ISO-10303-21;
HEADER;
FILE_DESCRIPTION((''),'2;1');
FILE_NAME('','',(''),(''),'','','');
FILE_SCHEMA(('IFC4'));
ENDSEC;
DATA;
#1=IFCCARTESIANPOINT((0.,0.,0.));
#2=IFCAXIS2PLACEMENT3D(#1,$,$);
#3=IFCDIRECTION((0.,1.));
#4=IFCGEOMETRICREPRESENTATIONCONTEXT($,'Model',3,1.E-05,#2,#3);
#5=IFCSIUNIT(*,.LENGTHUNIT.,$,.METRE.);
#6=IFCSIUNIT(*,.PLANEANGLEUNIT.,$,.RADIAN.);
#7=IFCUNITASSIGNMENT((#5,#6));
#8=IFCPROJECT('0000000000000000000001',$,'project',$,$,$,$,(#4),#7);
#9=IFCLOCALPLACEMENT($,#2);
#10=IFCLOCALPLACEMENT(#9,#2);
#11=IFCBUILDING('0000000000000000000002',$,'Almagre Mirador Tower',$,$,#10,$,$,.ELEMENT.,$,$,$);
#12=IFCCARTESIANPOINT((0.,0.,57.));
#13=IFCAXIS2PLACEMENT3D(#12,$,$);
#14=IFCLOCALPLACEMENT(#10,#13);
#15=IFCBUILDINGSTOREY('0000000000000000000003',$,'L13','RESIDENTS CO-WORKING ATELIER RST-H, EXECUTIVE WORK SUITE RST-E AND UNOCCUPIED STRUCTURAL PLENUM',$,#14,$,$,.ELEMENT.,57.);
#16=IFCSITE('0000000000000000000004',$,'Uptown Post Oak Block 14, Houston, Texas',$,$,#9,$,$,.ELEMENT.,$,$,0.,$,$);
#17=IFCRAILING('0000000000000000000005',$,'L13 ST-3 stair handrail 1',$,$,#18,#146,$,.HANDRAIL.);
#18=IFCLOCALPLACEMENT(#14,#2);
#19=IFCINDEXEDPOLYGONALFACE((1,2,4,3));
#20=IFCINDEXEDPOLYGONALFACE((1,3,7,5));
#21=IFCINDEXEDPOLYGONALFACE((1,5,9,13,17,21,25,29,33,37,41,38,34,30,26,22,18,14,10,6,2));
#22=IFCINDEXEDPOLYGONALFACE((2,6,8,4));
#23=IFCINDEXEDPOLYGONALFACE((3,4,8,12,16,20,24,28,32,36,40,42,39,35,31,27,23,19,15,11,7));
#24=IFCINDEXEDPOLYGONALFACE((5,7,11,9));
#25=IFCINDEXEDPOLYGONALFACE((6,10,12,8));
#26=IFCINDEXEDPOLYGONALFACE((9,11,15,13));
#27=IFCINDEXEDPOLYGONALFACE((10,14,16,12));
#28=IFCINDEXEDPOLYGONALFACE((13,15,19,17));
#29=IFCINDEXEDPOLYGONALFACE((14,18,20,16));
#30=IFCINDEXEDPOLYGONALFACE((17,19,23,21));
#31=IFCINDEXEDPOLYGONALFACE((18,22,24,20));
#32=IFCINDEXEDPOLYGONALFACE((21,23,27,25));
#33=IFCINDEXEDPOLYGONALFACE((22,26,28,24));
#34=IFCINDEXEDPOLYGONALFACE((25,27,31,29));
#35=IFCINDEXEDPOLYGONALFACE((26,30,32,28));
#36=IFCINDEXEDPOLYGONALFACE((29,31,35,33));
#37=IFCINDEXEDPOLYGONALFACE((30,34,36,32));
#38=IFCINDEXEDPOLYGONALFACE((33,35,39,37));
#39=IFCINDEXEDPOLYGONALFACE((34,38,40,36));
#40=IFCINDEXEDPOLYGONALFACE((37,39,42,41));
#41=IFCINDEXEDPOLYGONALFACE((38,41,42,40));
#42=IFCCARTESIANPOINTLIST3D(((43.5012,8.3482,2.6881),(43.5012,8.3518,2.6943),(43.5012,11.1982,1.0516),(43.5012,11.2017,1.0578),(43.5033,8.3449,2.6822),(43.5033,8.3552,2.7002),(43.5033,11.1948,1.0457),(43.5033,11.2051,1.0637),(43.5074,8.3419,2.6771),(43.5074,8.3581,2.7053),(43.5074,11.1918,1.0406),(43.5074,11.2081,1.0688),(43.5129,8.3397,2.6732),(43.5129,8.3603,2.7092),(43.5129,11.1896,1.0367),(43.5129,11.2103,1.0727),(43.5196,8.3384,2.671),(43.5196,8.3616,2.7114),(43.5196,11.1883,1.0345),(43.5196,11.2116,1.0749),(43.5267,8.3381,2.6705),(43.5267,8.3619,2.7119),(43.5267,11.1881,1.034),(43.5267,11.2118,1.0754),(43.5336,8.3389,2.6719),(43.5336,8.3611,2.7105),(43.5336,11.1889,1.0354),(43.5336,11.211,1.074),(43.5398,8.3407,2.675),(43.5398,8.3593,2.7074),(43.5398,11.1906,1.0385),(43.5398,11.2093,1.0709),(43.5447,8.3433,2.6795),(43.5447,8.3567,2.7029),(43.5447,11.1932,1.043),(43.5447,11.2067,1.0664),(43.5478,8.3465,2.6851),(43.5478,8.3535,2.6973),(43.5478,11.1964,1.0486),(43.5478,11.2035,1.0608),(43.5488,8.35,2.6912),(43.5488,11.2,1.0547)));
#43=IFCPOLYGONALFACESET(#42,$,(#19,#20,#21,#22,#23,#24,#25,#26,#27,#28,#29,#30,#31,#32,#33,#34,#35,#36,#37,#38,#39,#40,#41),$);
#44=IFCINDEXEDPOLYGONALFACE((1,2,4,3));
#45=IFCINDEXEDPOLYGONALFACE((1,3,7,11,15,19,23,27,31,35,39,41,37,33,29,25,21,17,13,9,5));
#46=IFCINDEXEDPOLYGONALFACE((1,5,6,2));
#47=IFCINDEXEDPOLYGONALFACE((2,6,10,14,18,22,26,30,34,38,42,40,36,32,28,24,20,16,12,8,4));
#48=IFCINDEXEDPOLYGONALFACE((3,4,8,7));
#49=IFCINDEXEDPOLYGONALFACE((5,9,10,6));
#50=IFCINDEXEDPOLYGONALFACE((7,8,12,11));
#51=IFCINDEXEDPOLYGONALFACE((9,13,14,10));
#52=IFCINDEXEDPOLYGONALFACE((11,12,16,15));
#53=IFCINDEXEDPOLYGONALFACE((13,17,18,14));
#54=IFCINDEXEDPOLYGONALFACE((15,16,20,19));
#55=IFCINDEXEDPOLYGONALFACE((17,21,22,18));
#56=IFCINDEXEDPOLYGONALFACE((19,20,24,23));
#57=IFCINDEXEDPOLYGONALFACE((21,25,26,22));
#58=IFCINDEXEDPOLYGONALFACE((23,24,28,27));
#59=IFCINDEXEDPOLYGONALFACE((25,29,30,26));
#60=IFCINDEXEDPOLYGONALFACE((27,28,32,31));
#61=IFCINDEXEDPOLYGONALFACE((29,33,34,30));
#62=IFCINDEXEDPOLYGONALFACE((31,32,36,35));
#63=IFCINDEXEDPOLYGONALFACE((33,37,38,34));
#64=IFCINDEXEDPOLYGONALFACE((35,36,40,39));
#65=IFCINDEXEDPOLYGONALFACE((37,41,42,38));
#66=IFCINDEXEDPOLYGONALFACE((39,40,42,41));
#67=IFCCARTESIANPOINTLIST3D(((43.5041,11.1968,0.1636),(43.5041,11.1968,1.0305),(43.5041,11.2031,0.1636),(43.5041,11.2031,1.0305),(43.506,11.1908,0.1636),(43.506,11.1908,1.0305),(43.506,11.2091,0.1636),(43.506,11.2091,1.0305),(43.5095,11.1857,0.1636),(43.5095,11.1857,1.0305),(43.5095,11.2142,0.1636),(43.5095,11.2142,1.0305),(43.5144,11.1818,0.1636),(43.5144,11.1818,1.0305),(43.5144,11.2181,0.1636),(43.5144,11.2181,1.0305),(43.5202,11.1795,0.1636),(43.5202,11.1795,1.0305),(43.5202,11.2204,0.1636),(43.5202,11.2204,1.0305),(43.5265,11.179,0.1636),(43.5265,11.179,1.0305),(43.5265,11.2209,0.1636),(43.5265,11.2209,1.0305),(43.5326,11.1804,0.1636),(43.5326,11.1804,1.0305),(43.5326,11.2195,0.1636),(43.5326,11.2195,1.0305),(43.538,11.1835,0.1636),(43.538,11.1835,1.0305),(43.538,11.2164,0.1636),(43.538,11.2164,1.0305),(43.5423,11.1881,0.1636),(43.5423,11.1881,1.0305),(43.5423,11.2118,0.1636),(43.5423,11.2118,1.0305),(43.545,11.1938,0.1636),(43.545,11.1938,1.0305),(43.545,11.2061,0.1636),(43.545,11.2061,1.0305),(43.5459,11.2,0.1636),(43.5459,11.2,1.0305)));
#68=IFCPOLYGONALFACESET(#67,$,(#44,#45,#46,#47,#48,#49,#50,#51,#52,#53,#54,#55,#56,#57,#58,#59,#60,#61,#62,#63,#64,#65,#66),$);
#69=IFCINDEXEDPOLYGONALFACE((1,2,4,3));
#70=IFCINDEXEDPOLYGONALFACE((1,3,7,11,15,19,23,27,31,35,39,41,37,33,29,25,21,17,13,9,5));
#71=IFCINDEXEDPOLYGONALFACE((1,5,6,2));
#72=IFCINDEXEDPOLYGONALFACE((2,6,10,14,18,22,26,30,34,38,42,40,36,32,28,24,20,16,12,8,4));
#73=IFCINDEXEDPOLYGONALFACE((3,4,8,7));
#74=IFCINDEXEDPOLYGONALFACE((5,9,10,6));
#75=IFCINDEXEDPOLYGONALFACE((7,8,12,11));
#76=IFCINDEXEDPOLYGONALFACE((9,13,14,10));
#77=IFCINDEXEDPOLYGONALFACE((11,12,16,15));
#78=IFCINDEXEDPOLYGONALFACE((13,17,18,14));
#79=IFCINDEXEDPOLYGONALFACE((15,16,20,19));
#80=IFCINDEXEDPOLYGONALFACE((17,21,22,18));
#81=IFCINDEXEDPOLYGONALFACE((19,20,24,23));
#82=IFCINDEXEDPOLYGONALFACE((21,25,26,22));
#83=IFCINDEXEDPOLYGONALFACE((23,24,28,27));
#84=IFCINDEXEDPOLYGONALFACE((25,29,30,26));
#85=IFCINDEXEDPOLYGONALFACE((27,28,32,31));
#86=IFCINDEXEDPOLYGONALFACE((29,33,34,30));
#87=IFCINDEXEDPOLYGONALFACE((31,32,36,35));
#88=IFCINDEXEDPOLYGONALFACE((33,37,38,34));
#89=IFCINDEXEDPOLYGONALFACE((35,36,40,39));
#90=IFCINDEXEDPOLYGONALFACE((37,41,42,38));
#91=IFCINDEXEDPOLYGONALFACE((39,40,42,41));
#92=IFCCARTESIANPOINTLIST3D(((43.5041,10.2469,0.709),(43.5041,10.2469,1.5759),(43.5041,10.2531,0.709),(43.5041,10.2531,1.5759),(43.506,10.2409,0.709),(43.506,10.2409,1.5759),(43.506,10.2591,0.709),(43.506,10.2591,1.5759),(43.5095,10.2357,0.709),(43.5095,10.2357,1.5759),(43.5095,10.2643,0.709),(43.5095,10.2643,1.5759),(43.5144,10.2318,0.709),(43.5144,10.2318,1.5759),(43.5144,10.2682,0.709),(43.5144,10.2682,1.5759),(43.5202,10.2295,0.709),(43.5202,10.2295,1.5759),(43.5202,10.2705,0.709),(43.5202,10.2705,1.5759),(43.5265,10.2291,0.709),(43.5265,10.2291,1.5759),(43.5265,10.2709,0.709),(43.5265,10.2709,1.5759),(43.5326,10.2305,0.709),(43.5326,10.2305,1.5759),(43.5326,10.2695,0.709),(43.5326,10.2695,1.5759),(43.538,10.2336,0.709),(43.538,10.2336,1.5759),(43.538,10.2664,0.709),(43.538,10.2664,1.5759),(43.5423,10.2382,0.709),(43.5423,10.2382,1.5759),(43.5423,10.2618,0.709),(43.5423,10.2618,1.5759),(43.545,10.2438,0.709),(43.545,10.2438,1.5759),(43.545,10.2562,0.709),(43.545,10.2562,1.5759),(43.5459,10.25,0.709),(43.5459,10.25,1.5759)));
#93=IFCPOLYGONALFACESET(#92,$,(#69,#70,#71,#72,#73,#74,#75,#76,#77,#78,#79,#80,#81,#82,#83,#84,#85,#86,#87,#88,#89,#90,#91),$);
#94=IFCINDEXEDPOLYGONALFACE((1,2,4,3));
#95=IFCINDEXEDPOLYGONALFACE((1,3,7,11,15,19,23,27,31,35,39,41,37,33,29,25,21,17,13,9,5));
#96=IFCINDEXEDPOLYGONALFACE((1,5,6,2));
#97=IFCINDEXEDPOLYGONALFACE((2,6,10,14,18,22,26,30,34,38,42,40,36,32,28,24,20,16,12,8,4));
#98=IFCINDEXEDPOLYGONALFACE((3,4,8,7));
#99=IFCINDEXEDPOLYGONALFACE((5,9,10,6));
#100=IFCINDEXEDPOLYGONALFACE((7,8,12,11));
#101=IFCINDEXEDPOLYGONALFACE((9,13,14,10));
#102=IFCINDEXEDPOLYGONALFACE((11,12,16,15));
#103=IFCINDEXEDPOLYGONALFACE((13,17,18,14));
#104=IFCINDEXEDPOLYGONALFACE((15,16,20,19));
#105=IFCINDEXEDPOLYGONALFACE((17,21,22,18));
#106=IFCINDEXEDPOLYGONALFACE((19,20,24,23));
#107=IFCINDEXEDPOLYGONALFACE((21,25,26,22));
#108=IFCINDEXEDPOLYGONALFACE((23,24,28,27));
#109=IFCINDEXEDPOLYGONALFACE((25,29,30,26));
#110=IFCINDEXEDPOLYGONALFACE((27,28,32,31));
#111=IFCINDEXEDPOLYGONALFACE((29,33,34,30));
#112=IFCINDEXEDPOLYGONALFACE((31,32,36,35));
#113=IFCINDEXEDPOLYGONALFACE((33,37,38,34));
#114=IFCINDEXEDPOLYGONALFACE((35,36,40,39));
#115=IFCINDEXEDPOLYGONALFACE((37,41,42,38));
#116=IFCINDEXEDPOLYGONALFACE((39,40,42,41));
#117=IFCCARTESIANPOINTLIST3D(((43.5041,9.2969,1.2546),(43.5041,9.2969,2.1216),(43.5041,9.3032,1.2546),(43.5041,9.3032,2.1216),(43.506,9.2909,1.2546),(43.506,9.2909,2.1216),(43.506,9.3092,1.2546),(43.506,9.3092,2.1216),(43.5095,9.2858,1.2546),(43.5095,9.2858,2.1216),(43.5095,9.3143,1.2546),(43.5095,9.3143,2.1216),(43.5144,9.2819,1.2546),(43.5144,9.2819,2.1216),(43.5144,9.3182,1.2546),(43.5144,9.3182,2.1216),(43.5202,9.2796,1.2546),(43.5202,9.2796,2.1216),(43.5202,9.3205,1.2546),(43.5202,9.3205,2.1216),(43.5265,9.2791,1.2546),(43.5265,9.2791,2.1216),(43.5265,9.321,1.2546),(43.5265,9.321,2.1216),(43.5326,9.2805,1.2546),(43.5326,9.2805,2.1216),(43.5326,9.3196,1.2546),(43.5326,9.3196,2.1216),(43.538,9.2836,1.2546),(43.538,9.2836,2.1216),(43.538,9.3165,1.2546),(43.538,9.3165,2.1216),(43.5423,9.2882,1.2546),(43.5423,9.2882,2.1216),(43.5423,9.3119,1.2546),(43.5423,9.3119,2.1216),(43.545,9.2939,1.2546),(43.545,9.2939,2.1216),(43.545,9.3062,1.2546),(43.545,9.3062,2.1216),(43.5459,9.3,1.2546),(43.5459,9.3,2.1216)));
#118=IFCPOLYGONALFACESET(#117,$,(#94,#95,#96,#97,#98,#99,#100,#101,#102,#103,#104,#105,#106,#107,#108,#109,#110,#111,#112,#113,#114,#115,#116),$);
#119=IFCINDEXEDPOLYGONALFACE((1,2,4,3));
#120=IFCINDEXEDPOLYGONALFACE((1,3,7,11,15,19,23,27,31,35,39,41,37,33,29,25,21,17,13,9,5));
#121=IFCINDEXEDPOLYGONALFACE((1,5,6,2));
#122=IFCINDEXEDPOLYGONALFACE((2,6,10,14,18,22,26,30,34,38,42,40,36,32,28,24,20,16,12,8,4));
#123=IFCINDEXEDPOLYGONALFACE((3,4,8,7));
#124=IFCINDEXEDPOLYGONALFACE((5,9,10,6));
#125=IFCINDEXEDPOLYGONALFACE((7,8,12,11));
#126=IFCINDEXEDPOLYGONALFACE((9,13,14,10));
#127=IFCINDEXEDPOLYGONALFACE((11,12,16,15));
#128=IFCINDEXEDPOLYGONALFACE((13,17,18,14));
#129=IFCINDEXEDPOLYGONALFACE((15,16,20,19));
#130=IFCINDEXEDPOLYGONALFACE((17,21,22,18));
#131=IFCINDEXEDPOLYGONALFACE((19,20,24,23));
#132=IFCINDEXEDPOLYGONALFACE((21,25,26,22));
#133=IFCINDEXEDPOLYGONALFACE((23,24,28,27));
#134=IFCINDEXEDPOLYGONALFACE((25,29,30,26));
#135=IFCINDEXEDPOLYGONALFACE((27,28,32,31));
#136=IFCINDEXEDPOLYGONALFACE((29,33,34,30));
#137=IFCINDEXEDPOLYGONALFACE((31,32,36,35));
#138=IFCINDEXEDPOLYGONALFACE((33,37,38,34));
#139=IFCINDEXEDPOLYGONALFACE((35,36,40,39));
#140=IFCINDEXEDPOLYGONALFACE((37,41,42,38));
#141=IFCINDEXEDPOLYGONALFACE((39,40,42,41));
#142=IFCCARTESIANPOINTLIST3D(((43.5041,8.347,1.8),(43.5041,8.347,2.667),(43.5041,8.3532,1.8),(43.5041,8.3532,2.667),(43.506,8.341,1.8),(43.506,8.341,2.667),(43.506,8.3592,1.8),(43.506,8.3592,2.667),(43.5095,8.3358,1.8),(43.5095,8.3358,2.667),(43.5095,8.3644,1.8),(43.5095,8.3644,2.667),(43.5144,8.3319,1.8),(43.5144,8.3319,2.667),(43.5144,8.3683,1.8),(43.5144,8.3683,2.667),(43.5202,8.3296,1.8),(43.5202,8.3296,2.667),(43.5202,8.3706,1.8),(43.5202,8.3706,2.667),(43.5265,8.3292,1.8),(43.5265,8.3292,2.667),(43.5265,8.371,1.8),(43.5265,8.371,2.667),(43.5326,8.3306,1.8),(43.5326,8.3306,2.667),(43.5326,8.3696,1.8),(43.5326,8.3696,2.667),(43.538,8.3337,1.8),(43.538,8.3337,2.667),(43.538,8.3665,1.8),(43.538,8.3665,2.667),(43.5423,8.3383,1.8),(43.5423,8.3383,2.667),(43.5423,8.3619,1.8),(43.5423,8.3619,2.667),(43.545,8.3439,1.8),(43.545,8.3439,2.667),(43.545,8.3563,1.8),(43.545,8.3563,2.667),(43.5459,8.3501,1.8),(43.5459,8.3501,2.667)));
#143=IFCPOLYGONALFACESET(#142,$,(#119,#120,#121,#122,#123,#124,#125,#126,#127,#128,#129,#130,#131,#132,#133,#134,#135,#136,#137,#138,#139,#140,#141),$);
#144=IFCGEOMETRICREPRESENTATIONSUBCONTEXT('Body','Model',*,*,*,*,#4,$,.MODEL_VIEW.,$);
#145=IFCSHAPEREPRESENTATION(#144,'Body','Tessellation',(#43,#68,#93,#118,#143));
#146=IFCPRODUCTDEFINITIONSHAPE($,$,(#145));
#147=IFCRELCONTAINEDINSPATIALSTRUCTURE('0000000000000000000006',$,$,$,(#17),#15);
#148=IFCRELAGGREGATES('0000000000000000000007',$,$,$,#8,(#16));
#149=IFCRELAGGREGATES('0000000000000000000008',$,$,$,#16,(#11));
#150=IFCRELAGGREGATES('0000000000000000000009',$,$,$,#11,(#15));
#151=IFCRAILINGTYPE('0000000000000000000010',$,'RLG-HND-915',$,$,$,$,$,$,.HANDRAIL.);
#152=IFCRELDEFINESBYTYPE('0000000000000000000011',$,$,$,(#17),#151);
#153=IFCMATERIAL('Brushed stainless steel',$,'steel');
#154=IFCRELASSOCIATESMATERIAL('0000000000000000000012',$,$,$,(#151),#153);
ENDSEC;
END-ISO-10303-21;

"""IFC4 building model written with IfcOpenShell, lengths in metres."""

from ifc_helpers import new_model, si_unit, direction, frame, origin, origin_2d, place, context, subcontext, project, spatial, circle, extrude, material, type_object, element, save


model = new_model("IFC4")

# Units and contexts
model_context = context("Model", 3, precision=1e-05, world=origin(), true_north=direction((0.0, 1.0)))
body_context = subcontext(model_context, "Body", "Model", "MODEL_VIEW")
ifc_project = project(units=[si_unit("LENGTHUNIT", "METRE"), si_unit("PLANEANGLEUNIT", "RADIAN")], contexts=[model_context])

# Site, building, storey
site_placement = place(None, origin())
site = spatial("IfcSite", under=ifc_project, at=site_placement, Name="Uptown Post Oak Block 14, Houston, Texas", CompositionType="ELEMENT", RefElevation=0.0)
building_placement = place(site_placement, origin())
building = spatial("IfcBuilding", under=site, at=building_placement, Name="Almagre Mirador Tower", CompositionType="ELEMENT")
storey_placement = place(building_placement, frame((0.0, 0.0, 57.0)))
storey = spatial("IfcBuildingStorey", under=building, at=storey_placement, Name="L13", Description="RESIDENTS CO-WORKING ATELIER RST-H, EXECUTIVE WORK SUITE RST-E AND UNOCCUPIED STRUCTURAL PLENUM", CompositionType="ELEMENT", Elevation=57.0)

# Railing
ifc_material_1 = material(Name="Brushed stainless steel", Category="steel")
railing_type_1 = type_object("IfcRailingType", Name="RLG-HND-915", PredefinedType="HANDRAIL", material=ifc_material_1)
railing_1_placement = place(storey_placement, frame((43.5249, 11.2, 0.1636)))
element("IfcRailing", 1, at=railing_1_placement, inside=storey, type_object=railing_type_1, Name="L13 ST-3 stair handrail 1", PredefinedType="HANDRAIL", context=body_context, shape_type="SweptSolid", body=[
    extrude(circle(Radius=0.0239, at=origin_2d()), frame((0.0, 0.0, 0.8911), z_axis=(0.0, -0.867194, 0.49797), x_axis=(1.0, 0.0, 0.0)), (0.0, 0.0, 1.0), 3.2864),
    extrude(circle(Radius=0.021, at=origin_2d()), origin(), (0.0, 0.0, 1.0), 0.8669),
    extrude(circle(Radius=0.021, at=origin_2d()), frame((0.0, -0.95, 0.5454)), (0.0, 0.0, 1.0), 0.8669),
    extrude(circle(Radius=0.021, at=origin_2d()), frame((0.0, -1.8999, 1.0911)), (0.0, 0.0, 1.0), 0.8669),
    extrude(circle(Radius=0.021, at=origin_2d()), frame((0.0, -2.8499, 1.6365)), (0.0, 0.0, 1.0), 0.8669),
])

save(model, "model.ifc")
